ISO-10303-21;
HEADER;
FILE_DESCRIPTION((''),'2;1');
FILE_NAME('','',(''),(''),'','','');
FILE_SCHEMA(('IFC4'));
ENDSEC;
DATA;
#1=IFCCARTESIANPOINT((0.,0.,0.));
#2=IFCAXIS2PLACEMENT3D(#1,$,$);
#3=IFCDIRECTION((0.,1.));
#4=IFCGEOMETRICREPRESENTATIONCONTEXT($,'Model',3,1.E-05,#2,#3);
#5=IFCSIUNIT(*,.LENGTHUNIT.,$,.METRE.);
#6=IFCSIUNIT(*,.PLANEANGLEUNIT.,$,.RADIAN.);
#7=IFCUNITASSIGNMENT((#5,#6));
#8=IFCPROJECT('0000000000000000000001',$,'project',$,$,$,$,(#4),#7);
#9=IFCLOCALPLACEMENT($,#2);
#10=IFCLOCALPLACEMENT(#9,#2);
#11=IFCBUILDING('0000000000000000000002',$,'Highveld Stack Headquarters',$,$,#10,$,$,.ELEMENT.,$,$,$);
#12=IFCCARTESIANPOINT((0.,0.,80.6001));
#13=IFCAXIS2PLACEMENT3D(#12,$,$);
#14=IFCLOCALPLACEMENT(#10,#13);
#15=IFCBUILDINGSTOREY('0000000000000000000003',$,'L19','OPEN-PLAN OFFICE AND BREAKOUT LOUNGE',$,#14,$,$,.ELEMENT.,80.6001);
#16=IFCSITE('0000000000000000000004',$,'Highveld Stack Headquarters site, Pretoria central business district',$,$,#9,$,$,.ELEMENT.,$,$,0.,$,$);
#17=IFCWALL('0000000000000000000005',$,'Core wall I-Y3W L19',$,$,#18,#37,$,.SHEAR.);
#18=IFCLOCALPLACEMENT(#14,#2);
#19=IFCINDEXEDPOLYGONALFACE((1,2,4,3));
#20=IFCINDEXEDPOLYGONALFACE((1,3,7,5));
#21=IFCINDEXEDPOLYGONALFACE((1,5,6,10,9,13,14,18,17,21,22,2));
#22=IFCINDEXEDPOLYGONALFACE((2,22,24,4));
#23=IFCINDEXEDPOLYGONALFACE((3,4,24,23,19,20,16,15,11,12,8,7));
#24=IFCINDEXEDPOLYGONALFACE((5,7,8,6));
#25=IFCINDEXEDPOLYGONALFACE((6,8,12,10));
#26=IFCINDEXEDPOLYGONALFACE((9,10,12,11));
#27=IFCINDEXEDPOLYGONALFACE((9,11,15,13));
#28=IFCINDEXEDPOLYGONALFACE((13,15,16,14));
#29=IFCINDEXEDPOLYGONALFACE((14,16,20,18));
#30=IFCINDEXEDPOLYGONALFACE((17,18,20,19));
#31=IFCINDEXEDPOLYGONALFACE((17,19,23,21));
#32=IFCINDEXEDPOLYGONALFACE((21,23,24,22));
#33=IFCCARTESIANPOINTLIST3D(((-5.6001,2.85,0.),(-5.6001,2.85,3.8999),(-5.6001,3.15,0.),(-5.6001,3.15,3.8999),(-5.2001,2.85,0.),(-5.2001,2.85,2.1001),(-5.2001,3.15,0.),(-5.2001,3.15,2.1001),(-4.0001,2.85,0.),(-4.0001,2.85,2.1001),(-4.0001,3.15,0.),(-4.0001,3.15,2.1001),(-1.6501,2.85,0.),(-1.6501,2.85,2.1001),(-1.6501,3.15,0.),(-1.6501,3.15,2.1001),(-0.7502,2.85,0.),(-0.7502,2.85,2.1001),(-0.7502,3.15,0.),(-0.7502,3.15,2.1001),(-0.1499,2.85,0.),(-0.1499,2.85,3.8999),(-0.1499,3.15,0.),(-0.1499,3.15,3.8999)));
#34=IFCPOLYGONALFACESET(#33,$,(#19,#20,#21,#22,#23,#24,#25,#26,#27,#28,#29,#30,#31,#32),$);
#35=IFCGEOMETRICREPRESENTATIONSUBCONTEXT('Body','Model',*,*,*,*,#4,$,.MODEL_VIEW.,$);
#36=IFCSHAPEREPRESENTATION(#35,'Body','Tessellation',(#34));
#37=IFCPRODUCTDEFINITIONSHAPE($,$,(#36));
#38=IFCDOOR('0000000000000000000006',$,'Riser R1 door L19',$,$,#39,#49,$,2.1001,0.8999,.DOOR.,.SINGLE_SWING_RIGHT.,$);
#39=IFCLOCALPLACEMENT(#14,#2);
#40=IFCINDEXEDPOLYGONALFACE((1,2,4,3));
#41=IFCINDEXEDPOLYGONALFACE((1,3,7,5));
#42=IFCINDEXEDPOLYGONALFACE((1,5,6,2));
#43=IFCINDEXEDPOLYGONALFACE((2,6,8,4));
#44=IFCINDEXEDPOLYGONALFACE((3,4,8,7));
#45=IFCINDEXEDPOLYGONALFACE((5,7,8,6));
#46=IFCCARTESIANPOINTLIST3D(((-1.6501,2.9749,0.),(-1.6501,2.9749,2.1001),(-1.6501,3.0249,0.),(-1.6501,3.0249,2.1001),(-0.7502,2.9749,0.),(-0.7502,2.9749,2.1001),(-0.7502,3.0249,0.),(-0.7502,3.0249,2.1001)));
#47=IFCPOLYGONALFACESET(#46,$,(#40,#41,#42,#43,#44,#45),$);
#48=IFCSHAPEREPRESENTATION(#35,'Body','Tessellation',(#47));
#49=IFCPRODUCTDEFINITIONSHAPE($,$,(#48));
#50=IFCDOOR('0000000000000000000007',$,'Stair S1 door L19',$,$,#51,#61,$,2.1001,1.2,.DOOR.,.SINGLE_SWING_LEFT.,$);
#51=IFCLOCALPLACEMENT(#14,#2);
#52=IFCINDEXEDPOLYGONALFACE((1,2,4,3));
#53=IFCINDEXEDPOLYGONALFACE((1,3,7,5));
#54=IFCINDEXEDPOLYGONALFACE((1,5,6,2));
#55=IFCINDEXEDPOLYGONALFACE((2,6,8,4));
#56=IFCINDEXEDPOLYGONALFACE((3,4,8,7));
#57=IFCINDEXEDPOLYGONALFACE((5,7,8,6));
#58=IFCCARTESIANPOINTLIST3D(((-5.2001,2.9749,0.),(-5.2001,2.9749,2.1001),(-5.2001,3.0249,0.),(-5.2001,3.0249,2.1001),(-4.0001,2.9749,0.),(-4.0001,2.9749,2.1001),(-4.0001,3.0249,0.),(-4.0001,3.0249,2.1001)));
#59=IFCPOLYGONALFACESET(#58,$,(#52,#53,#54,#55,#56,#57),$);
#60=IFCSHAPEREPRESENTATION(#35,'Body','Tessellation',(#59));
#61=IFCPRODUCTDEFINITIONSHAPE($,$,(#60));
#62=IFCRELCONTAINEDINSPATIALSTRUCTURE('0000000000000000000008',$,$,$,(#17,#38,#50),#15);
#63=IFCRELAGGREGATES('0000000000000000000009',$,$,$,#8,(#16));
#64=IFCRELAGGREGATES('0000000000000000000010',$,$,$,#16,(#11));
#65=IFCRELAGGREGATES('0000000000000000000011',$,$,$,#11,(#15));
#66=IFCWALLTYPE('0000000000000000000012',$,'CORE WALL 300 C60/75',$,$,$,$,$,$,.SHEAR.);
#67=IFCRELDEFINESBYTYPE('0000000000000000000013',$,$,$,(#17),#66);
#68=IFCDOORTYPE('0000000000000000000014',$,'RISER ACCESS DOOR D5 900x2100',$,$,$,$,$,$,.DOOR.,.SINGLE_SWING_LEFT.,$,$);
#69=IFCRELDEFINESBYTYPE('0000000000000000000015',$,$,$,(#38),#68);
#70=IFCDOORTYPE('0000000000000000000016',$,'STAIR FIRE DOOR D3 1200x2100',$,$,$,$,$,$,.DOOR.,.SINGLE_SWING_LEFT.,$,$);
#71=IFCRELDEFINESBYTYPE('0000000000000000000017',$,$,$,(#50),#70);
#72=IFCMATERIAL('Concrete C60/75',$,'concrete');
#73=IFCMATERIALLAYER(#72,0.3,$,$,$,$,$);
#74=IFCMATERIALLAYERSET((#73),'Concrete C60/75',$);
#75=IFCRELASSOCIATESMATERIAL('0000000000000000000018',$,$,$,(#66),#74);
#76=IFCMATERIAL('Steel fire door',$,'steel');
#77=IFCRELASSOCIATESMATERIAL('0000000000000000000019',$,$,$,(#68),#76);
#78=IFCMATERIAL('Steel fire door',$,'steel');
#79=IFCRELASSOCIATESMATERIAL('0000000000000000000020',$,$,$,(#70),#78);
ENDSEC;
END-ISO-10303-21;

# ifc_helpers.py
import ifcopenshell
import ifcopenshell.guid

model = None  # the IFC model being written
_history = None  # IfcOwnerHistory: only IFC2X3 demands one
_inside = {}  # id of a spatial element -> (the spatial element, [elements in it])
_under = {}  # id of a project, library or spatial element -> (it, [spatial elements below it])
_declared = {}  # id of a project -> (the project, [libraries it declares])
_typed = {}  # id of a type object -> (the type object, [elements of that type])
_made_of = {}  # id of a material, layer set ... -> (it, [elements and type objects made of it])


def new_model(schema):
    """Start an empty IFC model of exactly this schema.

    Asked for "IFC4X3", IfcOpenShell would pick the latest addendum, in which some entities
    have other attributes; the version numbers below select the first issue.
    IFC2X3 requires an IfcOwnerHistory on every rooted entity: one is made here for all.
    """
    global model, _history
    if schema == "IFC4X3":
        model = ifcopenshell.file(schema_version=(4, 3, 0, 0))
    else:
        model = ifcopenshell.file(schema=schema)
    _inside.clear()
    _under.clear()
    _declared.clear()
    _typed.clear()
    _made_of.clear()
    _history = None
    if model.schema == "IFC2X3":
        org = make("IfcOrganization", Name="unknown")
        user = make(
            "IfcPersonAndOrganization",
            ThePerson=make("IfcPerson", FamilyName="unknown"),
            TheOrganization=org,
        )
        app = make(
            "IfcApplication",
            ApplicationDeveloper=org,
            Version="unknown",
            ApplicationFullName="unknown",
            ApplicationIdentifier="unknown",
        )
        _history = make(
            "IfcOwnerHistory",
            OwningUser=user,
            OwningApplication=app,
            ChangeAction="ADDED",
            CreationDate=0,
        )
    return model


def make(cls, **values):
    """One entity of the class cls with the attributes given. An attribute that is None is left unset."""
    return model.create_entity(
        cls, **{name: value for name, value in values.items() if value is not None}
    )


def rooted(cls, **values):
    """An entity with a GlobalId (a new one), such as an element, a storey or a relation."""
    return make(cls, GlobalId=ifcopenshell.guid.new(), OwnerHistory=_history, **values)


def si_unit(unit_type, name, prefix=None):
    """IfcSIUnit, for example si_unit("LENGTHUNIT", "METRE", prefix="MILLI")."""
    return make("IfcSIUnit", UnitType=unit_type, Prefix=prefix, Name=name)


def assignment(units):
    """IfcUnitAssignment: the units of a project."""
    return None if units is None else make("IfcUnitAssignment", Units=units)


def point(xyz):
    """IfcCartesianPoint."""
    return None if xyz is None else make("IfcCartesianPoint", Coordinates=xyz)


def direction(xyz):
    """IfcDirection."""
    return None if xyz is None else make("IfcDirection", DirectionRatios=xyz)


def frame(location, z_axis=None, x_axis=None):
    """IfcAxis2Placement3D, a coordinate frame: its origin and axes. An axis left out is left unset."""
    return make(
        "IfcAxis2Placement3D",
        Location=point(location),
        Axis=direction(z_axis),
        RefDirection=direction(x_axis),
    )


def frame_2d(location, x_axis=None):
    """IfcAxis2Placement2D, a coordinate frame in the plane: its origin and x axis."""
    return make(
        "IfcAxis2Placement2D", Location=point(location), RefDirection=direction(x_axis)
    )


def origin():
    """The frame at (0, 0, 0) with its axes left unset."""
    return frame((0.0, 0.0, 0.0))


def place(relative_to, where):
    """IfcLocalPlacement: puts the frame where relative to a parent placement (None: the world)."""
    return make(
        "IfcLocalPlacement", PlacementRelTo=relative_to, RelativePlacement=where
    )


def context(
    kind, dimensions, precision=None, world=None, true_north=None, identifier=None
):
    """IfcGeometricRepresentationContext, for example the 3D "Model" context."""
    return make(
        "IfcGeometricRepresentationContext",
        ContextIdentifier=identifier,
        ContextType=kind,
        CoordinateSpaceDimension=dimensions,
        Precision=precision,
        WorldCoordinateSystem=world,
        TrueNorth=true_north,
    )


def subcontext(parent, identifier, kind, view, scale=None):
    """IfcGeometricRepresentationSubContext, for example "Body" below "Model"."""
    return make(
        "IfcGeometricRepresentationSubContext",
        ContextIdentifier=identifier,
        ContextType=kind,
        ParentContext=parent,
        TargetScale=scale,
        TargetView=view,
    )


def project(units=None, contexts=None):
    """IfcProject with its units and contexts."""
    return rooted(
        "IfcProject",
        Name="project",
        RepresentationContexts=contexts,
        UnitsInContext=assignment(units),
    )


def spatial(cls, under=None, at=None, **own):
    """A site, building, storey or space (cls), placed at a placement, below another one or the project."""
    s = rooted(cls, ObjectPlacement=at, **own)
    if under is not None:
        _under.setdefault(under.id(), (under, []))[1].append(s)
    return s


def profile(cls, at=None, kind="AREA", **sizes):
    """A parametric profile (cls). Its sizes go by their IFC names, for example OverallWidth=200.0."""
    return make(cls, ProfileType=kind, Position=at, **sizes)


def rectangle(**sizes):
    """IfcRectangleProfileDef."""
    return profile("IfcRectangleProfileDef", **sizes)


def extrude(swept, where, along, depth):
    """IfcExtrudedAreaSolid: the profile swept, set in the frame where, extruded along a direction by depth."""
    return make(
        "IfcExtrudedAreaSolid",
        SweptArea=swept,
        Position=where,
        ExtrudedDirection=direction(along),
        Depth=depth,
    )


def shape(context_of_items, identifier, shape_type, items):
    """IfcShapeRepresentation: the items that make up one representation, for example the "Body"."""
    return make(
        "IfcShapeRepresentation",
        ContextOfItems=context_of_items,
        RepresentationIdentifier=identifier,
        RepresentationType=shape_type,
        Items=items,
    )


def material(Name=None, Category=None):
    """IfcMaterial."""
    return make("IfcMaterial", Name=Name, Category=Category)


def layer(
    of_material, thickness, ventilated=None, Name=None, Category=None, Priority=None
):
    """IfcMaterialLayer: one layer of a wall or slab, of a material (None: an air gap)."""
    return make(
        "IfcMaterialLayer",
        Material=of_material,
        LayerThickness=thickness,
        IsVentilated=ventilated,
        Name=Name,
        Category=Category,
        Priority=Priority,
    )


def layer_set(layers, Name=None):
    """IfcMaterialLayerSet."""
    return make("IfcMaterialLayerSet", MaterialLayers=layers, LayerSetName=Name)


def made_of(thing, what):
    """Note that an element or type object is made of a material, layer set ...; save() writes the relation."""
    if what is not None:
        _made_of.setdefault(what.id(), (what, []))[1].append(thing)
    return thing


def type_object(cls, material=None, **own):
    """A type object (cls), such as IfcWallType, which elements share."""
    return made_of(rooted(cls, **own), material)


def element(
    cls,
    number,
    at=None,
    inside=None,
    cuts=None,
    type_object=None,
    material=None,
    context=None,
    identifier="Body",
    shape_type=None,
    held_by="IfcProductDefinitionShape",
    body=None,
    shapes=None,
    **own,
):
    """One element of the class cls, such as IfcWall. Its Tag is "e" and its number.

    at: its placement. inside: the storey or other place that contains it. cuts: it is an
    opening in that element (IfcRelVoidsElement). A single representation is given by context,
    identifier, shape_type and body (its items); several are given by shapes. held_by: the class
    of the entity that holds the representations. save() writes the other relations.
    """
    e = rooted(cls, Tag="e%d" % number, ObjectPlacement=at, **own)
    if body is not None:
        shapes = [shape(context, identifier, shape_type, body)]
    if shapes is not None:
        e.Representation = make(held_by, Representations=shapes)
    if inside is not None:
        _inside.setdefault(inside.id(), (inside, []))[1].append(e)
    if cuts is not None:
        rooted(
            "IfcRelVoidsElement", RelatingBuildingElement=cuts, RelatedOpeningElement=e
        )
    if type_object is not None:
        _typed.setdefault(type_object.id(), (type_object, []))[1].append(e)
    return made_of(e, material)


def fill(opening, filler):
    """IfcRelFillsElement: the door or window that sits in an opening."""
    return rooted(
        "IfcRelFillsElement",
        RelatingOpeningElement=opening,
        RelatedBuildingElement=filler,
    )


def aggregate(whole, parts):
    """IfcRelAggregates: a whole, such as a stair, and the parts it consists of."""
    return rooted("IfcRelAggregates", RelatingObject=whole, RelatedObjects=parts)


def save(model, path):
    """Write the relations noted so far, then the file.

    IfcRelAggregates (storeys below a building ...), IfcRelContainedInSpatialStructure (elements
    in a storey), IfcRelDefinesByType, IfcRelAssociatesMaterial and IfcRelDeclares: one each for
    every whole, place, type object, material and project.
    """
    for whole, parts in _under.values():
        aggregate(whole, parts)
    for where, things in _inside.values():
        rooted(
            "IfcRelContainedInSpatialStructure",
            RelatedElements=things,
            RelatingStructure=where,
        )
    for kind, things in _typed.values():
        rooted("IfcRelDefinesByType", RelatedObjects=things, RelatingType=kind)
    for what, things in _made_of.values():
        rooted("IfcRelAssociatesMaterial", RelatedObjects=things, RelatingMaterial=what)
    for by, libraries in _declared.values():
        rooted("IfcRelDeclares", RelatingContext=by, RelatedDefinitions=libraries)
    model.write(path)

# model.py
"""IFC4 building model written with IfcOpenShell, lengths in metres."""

from ifc_helpers import new_model, si_unit, direction, frame, frame_2d, origin, place, context, subcontext, project, spatial, rectangle, extrude, material, layer, layer_set, type_object, element, fill, save


model = new_model("IFC4")

# Units and contexts
model_context = context("Model", 3, precision=1e-05, world=origin(), true_north=direction((0.0, 1.0)))
body_context = subcontext(model_context, "Body", "Model", "MODEL_VIEW")
ifc_project = project(units=[si_unit("LENGTHUNIT", "METRE"), si_unit("PLANEANGLEUNIT", "RADIAN")], contexts=[model_context])

# Site, building, storey
site_placement = place(None, origin())
site = spatial("IfcSite", under=ifc_project, at=site_placement, Name="Highveld Stack Headquarters site, Pretoria central business district", CompositionType="ELEMENT", RefElevation=0.0)
building_placement = place(site_placement, origin())
building = spatial("IfcBuilding", under=site, at=building_placement, Name="Highveld Stack Headquarters", CompositionType="ELEMENT")
storey_placement = place(building_placement, frame((0.0, 0.0, 80.6001)))
storey = spatial("IfcBuildingStorey", under=building, at=storey_placement, Name="L19", Description="OPEN-PLAN OFFICE AND BREAKOUT LOUNGE", CompositionType="ELEMENT", Elevation=80.6001)

# Shared definitions
ifc_material_1 = material(Name="Concrete C60/75", Category="concrete")
ifc_layer_1 = layer(ifc_material_1, 0.3)
ifc_layer_set_1 = layer_set([ifc_layer_1], Name="Concrete C60/75")
wall_type = type_object("IfcWallType", Name="CORE WALL 300 C60/75", PredefinedType="SHEAR", material=ifc_layer_set_1)

# Wall, openings, doors
wall_1_placement = place(storey_placement, frame((-5.6001, 3.0, 0.0), z_axis=(0.0, 0.0, 1.0), x_axis=(1.0, 0.0, 0.0)))
wall_1 = element("IfcWall", 1, at=wall_1_placement, inside=storey, type_object=wall_type, Name="Core wall I-Y3W L19", PredefinedType="SHEAR", context=body_context, shape_type="SweptSolid", body=[
    extrude(rectangle(XDim=5.4502, YDim=0.3, at=frame_2d((2.7251, 0.0))), origin(), (0.0, 0.0, 1.0), 3.8999),
])
opening_1_placement = place(wall_1_placement, frame((0.3999, 0.0, 0.0)))
opening_1 = element("IfcOpeningElement", 2, at=opening_1_placement, cuts=wall_1, PredefinedType="OPENING", context=body_context, shape_type="SweptSolid", body=[
    extrude(rectangle(XDim=1.2, YDim=2.1001, at=frame_2d((0.6001, 1.05))), frame((0.0, 0.1599, 0.0), z_axis=(0.0, -1.0, 0.0), x_axis=(1.0, 0.0, 0.0)), (0.0, 0.0, 1.0), 0.3201),
])
opening_2_placement = place(wall_1_placement, frame((3.95, 0.0, 0.0)))
opening_2 = element("IfcOpeningElement", 3, at=opening_2_placement, cuts=wall_1, PredefinedType="OPENING", context=body_context, shape_type="SweptSolid", body=[
    extrude(rectangle(XDim=0.8999, YDim=2.1001, at=frame_2d((0.45, 1.05))), frame((0.0, 0.1599, 0.0), z_axis=(0.0, -1.0, 0.0), x_axis=(1.0, 0.0, 0.0)), (0.0, 0.0, 1.0), 0.3201),
])
ifc_material_2 = material(Name="Steel fire door", Category="steel")
door_type_1 = type_object("IfcDoorType", Name="RISER ACCESS DOOR D5 900x2100", OperationType="SINGLE_SWING_LEFT", PredefinedType="DOOR", material=ifc_material_2)
door_1_placement = place(opening_2_placement, origin())
door_1 = element("IfcDoor", 4, at=door_1_placement, inside=storey, type_object=door_type_1, Name="Riser R1 door L19", OperationType="SINGLE_SWING_RIGHT", OverallHeight=2.1001, OverallWidth=0.8999, PredefinedType="DOOR", context=body_context, shape_type="SweptSolid", body=[
    extrude(rectangle(XDim=0.8999, YDim=2.1001, at=frame_2d((0.45, 1.05))), frame((0.0, 0.0249, 0.0), z_axis=(0.0, -1.0, 0.0), x_axis=(1.0, 0.0, 0.0)), (0.0, 0.0, 1.0), 0.05),
])
fill(opening_2, door_1)
ifc_material_3 = material(Name="Steel fire door", Category="steel")
door_type_2 = type_object("IfcDoorType", Name="STAIR FIRE DOOR D3 1200x2100", OperationType="SINGLE_SWING_LEFT", PredefinedType="DOOR", material=ifc_material_3)
door_2_placement = place(opening_1_placement, origin())
door_2 = element("IfcDoor", 5, at=door_2_placement, inside=storey, type_object=door_type_2, Name="Stair S1 door L19", OperationType="SINGLE_SWING_LEFT", OverallHeight=2.1001, OverallWidth=1.2, PredefinedType="DOOR", context=body_context, shape_type="SweptSolid", body=[
    extrude(rectangle(XDim=1.2, YDim=2.1001, at=frame_2d((0.6001, 1.05))), frame((0.0, 0.0249, 0.0), z_axis=(0.0, -1.0, 0.0), x_axis=(1.0, 0.0, 0.0)), (0.0, 0.0, 1.0), 0.05),
])
fill(opening_1, door_2)

save(model, "model.ifc")
